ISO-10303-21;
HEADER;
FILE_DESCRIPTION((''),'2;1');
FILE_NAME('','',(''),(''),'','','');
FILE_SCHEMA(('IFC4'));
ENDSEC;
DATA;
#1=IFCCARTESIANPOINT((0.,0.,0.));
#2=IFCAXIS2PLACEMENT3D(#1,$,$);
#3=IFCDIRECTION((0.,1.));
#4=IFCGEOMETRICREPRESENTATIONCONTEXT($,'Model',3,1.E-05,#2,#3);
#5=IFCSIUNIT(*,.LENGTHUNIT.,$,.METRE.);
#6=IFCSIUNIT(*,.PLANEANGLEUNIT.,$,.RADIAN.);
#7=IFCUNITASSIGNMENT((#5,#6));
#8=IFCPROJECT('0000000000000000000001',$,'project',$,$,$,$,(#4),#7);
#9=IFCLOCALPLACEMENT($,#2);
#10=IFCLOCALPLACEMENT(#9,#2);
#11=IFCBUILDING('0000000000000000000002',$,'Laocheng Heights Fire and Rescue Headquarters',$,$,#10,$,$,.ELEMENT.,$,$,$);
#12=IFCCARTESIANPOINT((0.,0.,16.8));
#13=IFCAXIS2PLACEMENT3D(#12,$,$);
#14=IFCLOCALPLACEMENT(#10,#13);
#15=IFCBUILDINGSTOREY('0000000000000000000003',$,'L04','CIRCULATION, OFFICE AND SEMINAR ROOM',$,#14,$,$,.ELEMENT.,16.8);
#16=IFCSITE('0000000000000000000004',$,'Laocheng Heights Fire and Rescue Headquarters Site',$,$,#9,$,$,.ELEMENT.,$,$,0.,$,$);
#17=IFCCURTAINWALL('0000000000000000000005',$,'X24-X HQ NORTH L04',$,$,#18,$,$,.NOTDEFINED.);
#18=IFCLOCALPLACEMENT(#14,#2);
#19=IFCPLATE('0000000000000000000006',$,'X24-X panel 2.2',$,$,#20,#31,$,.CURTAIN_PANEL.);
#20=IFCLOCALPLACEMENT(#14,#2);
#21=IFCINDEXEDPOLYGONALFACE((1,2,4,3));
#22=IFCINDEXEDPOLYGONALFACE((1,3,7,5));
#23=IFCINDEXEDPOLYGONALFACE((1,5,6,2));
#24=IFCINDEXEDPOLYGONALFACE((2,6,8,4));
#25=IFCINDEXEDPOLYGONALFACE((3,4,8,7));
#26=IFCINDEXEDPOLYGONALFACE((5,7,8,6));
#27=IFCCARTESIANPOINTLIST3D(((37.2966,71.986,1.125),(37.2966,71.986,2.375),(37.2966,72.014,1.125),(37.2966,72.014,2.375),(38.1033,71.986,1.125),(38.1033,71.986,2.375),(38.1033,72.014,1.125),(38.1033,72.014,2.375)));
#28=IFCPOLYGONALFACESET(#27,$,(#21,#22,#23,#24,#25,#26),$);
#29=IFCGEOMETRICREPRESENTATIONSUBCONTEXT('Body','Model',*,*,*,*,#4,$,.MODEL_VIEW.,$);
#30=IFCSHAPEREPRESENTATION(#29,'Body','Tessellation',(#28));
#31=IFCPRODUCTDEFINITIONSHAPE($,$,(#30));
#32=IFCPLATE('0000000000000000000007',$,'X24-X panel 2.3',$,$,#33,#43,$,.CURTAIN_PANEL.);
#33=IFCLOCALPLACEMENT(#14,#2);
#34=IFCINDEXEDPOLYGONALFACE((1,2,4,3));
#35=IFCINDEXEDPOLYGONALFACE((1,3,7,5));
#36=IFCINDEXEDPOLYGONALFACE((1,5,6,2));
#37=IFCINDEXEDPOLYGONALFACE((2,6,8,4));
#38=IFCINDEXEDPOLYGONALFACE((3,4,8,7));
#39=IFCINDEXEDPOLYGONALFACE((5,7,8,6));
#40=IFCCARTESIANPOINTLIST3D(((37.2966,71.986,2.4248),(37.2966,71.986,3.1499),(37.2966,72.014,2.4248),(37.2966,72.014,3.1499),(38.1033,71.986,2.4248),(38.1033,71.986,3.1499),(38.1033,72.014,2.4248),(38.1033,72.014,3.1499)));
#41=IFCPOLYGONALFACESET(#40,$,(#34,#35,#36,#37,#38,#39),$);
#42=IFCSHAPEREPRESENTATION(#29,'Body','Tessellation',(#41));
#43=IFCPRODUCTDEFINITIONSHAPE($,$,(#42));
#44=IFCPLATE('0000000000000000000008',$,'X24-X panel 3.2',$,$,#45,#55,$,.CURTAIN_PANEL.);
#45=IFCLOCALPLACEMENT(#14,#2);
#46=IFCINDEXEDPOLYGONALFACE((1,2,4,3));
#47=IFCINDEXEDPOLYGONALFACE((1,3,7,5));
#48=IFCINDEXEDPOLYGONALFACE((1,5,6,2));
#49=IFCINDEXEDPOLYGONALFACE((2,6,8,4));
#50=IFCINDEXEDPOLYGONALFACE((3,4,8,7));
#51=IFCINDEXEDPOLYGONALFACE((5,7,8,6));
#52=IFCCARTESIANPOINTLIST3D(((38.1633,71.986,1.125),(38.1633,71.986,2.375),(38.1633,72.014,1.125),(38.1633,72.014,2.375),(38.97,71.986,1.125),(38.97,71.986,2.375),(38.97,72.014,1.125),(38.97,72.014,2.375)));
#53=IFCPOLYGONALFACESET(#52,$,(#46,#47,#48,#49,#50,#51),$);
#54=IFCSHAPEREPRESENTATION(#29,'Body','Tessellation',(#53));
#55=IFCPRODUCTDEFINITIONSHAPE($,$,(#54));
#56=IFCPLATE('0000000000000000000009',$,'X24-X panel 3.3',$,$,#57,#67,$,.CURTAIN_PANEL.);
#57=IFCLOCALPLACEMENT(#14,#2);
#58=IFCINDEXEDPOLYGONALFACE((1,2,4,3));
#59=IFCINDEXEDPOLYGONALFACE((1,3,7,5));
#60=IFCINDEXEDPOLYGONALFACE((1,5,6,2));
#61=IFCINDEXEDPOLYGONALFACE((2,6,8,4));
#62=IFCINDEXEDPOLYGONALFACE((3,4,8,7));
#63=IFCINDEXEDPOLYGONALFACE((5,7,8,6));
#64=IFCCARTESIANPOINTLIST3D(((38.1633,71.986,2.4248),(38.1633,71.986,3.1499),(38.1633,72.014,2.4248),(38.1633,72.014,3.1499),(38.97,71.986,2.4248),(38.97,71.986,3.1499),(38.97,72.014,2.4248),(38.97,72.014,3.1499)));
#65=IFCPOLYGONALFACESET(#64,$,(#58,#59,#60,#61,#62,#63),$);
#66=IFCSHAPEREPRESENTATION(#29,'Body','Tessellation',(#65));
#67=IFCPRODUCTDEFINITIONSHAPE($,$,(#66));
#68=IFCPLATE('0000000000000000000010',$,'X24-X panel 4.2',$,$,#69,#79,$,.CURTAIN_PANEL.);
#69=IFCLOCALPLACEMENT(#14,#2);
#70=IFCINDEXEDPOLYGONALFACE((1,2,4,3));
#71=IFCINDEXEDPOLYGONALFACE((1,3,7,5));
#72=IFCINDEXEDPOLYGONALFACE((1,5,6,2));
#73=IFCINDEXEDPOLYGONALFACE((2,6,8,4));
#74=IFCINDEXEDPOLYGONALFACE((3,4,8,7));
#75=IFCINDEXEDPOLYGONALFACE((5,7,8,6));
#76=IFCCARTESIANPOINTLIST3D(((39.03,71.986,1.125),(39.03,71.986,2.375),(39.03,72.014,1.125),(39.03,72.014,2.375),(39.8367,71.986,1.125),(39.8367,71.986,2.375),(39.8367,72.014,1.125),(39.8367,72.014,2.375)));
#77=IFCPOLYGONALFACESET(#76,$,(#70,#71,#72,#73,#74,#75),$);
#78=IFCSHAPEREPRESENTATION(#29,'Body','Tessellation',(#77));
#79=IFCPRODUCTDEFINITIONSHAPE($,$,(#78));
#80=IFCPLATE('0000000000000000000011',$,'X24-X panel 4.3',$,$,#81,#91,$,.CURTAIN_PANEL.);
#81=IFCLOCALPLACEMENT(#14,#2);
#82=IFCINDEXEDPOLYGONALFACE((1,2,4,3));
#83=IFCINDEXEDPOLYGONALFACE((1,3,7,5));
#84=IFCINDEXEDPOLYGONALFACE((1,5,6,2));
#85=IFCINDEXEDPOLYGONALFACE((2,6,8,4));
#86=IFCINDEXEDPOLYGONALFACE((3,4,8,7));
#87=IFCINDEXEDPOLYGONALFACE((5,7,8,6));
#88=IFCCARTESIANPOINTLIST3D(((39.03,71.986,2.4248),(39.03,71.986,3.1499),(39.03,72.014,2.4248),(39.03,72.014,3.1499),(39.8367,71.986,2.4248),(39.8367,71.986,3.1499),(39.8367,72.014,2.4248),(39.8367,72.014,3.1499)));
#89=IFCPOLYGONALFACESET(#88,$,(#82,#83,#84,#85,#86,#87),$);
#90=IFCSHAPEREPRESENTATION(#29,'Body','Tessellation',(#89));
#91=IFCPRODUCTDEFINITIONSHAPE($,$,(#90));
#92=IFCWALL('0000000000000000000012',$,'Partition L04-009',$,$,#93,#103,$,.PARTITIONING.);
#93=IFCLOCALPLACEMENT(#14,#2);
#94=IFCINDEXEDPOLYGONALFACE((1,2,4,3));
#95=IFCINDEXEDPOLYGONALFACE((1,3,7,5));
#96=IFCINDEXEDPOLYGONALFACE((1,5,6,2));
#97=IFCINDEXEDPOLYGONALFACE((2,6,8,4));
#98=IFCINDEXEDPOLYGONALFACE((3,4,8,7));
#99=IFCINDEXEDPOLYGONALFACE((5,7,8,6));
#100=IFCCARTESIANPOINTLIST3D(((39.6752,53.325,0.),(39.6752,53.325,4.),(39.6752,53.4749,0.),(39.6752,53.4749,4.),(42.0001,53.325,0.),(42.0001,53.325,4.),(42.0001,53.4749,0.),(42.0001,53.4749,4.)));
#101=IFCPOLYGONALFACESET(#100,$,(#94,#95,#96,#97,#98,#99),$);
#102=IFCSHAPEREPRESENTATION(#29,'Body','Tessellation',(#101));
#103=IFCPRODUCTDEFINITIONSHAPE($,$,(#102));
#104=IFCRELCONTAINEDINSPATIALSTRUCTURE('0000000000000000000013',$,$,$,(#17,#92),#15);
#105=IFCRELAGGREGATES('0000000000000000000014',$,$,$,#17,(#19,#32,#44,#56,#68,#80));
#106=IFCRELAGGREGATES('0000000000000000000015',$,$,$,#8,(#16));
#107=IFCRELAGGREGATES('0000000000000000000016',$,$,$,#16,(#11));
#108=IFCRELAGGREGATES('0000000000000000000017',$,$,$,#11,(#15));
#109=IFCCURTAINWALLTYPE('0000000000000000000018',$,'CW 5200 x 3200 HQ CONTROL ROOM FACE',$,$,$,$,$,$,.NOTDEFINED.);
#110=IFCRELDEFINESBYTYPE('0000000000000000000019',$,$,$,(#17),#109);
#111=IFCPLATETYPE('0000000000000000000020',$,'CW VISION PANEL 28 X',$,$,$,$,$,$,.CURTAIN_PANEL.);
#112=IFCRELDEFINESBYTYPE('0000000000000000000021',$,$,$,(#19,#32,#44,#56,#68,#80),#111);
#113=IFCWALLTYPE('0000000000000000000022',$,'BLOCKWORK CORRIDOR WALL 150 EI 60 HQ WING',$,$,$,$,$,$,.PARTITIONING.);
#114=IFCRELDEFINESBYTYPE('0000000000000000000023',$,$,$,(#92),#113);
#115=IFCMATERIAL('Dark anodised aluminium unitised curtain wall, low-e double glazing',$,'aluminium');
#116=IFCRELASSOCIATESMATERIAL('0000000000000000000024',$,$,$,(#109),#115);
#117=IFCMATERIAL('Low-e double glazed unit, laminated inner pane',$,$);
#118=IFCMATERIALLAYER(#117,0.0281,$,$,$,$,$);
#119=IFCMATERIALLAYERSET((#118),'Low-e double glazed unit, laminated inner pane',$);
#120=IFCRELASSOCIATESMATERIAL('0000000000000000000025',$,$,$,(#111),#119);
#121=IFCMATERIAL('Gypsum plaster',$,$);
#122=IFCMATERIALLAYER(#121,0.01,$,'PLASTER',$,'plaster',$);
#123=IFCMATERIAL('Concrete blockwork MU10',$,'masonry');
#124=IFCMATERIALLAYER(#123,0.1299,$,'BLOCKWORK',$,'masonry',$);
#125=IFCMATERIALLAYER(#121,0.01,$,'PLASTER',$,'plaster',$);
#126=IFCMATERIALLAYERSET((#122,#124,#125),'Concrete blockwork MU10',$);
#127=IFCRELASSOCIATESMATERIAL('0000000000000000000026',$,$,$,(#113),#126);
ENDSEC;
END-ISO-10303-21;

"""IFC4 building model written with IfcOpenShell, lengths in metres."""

from ifc_helpers import new_model, si_unit, direction, frame, frame_2d, origin, origin_2d, place, context, subcontext, project, spatial, rectangle, extrude, material, layer, layer_set, type_object, element, aggregate, save


model = new_model("IFC4")

# Units and contexts
model_context = context("Model", 3, precision=1e-05, world=origin(), true_north=direction((0.0, 1.0)))
body_context = subcontext(model_context, "Body", "Model", "MODEL_VIEW")
ifc_project = project(units=[si_unit("LENGTHUNIT", "METRE"), si_unit("PLANEANGLEUNIT", "RADIAN")], contexts=[model_context])

# Site, building, storey
site_placement = place(None, origin())
site = spatial("IfcSite", under=ifc_project, at=site_placement, Name="Laocheng Heights Fire and Rescue Headquarters Site", CompositionType="ELEMENT", RefElevation=0.0)
building_placement = place(site_placement, origin())
building = spatial("IfcBuilding", under=site, at=building_placement, Name="Laocheng Heights Fire and Rescue Headquarters", CompositionType="ELEMENT")
storey_placement = place(building_placement, frame((0.0, 0.0, 16.8)))
storey = spatial("IfcBuildingStorey", under=building, at=storey_placement, Name="L04", Description="CIRCULATION, OFFICE AND SEMINAR ROOM", CompositionType="ELEMENT", Elevation=16.8)

# Curtain wall, plates
ifc_material_1 = material(Name="Dark anodised aluminium unitised curtain wall, low-e double glazing", Category="aluminium")
curtain_wall_type = type_object("IfcCurtainWallType", Name="CW 5200 x 3200 HQ CONTROL ROOM FACE", PredefinedType="NOTDEFINED", material=ifc_material_1)
curtain_wall_placement = place(storey_placement, origin())
curtain_wall = element("IfcCurtainWall", 1, at=curtain_wall_placement, inside=storey, type_object=curtain_wall_type, Name="X24-X HQ NORTH L04", PredefinedType="NOTDEFINED")
ifc_material_2 = material(Name="Low-e double glazed unit, laminated inner pane")
ifc_layer_1 = layer(ifc_material_2, 0.0281)
ifc_layer_set_1 = layer_set([ifc_layer_1], Name="Low-e double glazed unit, laminated inner pane")
plate_type_1 = type_object("IfcPlateType", Name="CW VISION PANEL 28 X", PredefinedType="CURTAIN_PANEL", material=ifc_layer_set_1)
plate_1_placement = place(storey_placement, frame((37.7, 72.0, 1.125), z_axis=(0.0, 0.0, 1.0), x_axis=(1.0, 0.0, 0.0)))
plate_1 = element("IfcPlate", 2, at=plate_1_placement, type_object=plate_type_1, Name="X24-X panel 2.2", PredefinedType="CURTAIN_PANEL", context=body_context, shape_type="SweptSolid", body=[
    extrude(rectangle(XDim=0.8066, YDim=0.0281, at=origin_2d()), origin(), (0.0, 0.0, 1.0), 1.25),
])
plate_2_placement = place(storey_placement, frame((37.7, 72.0, 2.4248), z_axis=(0.0, 0.0, 1.0), x_axis=(1.0, 0.0, 0.0)))
plate_2 = element("IfcPlate", 3, at=plate_2_placement, type_object=plate_type_1, Name="X24-X panel 2.3", PredefinedType="CURTAIN_PANEL", context=body_context, shape_type="SweptSolid", body=[
    extrude(rectangle(XDim=0.8066, YDim=0.0281, at=origin_2d()), origin(), (0.0, 0.0, 1.0), 0.7251),
])
plate_3_placement = place(storey_placement, frame((38.5667, 72.0, 1.125), z_axis=(0.0, 0.0, 1.0), x_axis=(1.0, 0.0, 0.0)))
plate_3 = element("IfcPlate", 4, at=plate_3_placement, type_object=plate_type_1, Name="X24-X panel 3.2", PredefinedType="CURTAIN_PANEL", context=body_context, shape_type="SweptSolid", body=[
    extrude(rectangle(XDim=0.8066, YDim=0.0281, at=origin_2d()), origin(), (0.0, 0.0, 1.0), 1.25),
])
plate_4_placement = place(storey_placement, frame((38.5667, 72.0, 2.4248), z_axis=(0.0, 0.0, 1.0), x_axis=(1.0, 0.0, 0.0)))
plate_4 = element("IfcPlate", 5, at=plate_4_placement, type_object=plate_type_1, Name="X24-X panel 3.3", PredefinedType="CURTAIN_PANEL", context=body_context, shape_type="SweptSolid", body=[
    extrude(rectangle(XDim=0.8066, YDim=0.0281, at=origin_2d()), origin(), (0.0, 0.0, 1.0), 0.7251),
])
plate_5_placement = place(storey_placement, frame((39.4333, 72.0, 1.125), z_axis=(0.0, 0.0, 1.0), x_axis=(1.0, 0.0, 0.0)))
plate_5 = element("IfcPlate", 6, at=plate_5_placement, type_object=plate_type_1, Name="X24-X panel 4.2", PredefinedType="CURTAIN_PANEL", context=body_context, shape_type="SweptSolid", body=[
    extrude(rectangle(XDim=0.8066, YDim=0.0281, at=origin_2d()), origin(), (0.0, 0.0, 1.0), 1.25),
])
plate_6_placement = place(storey_placement, frame((39.4333, 72.0, 2.4248), z_axis=(0.0, 0.0, 1.0), x_axis=(1.0, 0.0, 0.0)))
plate_6 = element("IfcPlate", 7, at=plate_6_placement, type_object=plate_type_1, Name="X24-X panel 4.3", PredefinedType="CURTAIN_PANEL", context=body_context, shape_type="SweptSolid", body=[
    extrude(rectangle(XDim=0.8066, YDim=0.0281, at=origin_2d()), origin(), (0.0, 0.0, 1.0), 0.7251),
])
aggregate(curtain_wall, [plate_1, plate_2, plate_3, plate_4, plate_5, plate_6])

# Wall
ifc_material_3 = material(Name="Gypsum plaster")
ifc_layer_2 = layer(ifc_material_3, 0.01, Name="PLASTER", Category="plaster")
ifc_material_4 = material(Name="Concrete blockwork MU10", Category="masonry")
ifc_layer_3 = layer(ifc_material_4, 0.1299, Name="BLOCKWORK", Category="masonry")
ifc_layer_4 = layer(ifc_material_3, 0.01, Name="PLASTER", Category="plaster")
ifc_layer_set_2 = layer_set([ifc_layer_2, ifc_layer_3, ifc_layer_4], Name="Concrete blockwork MU10")
wall_type = type_object("IfcWallType", Name="BLOCKWORK CORRIDOR WALL 150 EI 60 HQ WING", PredefinedType="PARTITIONING", material=ifc_layer_set_2)
wall_placement = place(storey_placement, frame((39.675, 53.3999, 0.0), z_axis=(0.0, 0.0, 1.0), x_axis=(1.0, 0.0, 0.0)))
element("IfcWall", 8, at=wall_placement, inside=storey, type_object=wall_type, Name="Partition L04-009", PredefinedType="PARTITIONING", context=body_context, shape_type="SweptSolid", body=[
    extrude(rectangle(XDim=2.325, YDim=0.1499, at=frame_2d((1.1626, 0.0))), origin(), (0.0, 0.0, 1.0), 4.0),
])

save(model, "model.ifc")
